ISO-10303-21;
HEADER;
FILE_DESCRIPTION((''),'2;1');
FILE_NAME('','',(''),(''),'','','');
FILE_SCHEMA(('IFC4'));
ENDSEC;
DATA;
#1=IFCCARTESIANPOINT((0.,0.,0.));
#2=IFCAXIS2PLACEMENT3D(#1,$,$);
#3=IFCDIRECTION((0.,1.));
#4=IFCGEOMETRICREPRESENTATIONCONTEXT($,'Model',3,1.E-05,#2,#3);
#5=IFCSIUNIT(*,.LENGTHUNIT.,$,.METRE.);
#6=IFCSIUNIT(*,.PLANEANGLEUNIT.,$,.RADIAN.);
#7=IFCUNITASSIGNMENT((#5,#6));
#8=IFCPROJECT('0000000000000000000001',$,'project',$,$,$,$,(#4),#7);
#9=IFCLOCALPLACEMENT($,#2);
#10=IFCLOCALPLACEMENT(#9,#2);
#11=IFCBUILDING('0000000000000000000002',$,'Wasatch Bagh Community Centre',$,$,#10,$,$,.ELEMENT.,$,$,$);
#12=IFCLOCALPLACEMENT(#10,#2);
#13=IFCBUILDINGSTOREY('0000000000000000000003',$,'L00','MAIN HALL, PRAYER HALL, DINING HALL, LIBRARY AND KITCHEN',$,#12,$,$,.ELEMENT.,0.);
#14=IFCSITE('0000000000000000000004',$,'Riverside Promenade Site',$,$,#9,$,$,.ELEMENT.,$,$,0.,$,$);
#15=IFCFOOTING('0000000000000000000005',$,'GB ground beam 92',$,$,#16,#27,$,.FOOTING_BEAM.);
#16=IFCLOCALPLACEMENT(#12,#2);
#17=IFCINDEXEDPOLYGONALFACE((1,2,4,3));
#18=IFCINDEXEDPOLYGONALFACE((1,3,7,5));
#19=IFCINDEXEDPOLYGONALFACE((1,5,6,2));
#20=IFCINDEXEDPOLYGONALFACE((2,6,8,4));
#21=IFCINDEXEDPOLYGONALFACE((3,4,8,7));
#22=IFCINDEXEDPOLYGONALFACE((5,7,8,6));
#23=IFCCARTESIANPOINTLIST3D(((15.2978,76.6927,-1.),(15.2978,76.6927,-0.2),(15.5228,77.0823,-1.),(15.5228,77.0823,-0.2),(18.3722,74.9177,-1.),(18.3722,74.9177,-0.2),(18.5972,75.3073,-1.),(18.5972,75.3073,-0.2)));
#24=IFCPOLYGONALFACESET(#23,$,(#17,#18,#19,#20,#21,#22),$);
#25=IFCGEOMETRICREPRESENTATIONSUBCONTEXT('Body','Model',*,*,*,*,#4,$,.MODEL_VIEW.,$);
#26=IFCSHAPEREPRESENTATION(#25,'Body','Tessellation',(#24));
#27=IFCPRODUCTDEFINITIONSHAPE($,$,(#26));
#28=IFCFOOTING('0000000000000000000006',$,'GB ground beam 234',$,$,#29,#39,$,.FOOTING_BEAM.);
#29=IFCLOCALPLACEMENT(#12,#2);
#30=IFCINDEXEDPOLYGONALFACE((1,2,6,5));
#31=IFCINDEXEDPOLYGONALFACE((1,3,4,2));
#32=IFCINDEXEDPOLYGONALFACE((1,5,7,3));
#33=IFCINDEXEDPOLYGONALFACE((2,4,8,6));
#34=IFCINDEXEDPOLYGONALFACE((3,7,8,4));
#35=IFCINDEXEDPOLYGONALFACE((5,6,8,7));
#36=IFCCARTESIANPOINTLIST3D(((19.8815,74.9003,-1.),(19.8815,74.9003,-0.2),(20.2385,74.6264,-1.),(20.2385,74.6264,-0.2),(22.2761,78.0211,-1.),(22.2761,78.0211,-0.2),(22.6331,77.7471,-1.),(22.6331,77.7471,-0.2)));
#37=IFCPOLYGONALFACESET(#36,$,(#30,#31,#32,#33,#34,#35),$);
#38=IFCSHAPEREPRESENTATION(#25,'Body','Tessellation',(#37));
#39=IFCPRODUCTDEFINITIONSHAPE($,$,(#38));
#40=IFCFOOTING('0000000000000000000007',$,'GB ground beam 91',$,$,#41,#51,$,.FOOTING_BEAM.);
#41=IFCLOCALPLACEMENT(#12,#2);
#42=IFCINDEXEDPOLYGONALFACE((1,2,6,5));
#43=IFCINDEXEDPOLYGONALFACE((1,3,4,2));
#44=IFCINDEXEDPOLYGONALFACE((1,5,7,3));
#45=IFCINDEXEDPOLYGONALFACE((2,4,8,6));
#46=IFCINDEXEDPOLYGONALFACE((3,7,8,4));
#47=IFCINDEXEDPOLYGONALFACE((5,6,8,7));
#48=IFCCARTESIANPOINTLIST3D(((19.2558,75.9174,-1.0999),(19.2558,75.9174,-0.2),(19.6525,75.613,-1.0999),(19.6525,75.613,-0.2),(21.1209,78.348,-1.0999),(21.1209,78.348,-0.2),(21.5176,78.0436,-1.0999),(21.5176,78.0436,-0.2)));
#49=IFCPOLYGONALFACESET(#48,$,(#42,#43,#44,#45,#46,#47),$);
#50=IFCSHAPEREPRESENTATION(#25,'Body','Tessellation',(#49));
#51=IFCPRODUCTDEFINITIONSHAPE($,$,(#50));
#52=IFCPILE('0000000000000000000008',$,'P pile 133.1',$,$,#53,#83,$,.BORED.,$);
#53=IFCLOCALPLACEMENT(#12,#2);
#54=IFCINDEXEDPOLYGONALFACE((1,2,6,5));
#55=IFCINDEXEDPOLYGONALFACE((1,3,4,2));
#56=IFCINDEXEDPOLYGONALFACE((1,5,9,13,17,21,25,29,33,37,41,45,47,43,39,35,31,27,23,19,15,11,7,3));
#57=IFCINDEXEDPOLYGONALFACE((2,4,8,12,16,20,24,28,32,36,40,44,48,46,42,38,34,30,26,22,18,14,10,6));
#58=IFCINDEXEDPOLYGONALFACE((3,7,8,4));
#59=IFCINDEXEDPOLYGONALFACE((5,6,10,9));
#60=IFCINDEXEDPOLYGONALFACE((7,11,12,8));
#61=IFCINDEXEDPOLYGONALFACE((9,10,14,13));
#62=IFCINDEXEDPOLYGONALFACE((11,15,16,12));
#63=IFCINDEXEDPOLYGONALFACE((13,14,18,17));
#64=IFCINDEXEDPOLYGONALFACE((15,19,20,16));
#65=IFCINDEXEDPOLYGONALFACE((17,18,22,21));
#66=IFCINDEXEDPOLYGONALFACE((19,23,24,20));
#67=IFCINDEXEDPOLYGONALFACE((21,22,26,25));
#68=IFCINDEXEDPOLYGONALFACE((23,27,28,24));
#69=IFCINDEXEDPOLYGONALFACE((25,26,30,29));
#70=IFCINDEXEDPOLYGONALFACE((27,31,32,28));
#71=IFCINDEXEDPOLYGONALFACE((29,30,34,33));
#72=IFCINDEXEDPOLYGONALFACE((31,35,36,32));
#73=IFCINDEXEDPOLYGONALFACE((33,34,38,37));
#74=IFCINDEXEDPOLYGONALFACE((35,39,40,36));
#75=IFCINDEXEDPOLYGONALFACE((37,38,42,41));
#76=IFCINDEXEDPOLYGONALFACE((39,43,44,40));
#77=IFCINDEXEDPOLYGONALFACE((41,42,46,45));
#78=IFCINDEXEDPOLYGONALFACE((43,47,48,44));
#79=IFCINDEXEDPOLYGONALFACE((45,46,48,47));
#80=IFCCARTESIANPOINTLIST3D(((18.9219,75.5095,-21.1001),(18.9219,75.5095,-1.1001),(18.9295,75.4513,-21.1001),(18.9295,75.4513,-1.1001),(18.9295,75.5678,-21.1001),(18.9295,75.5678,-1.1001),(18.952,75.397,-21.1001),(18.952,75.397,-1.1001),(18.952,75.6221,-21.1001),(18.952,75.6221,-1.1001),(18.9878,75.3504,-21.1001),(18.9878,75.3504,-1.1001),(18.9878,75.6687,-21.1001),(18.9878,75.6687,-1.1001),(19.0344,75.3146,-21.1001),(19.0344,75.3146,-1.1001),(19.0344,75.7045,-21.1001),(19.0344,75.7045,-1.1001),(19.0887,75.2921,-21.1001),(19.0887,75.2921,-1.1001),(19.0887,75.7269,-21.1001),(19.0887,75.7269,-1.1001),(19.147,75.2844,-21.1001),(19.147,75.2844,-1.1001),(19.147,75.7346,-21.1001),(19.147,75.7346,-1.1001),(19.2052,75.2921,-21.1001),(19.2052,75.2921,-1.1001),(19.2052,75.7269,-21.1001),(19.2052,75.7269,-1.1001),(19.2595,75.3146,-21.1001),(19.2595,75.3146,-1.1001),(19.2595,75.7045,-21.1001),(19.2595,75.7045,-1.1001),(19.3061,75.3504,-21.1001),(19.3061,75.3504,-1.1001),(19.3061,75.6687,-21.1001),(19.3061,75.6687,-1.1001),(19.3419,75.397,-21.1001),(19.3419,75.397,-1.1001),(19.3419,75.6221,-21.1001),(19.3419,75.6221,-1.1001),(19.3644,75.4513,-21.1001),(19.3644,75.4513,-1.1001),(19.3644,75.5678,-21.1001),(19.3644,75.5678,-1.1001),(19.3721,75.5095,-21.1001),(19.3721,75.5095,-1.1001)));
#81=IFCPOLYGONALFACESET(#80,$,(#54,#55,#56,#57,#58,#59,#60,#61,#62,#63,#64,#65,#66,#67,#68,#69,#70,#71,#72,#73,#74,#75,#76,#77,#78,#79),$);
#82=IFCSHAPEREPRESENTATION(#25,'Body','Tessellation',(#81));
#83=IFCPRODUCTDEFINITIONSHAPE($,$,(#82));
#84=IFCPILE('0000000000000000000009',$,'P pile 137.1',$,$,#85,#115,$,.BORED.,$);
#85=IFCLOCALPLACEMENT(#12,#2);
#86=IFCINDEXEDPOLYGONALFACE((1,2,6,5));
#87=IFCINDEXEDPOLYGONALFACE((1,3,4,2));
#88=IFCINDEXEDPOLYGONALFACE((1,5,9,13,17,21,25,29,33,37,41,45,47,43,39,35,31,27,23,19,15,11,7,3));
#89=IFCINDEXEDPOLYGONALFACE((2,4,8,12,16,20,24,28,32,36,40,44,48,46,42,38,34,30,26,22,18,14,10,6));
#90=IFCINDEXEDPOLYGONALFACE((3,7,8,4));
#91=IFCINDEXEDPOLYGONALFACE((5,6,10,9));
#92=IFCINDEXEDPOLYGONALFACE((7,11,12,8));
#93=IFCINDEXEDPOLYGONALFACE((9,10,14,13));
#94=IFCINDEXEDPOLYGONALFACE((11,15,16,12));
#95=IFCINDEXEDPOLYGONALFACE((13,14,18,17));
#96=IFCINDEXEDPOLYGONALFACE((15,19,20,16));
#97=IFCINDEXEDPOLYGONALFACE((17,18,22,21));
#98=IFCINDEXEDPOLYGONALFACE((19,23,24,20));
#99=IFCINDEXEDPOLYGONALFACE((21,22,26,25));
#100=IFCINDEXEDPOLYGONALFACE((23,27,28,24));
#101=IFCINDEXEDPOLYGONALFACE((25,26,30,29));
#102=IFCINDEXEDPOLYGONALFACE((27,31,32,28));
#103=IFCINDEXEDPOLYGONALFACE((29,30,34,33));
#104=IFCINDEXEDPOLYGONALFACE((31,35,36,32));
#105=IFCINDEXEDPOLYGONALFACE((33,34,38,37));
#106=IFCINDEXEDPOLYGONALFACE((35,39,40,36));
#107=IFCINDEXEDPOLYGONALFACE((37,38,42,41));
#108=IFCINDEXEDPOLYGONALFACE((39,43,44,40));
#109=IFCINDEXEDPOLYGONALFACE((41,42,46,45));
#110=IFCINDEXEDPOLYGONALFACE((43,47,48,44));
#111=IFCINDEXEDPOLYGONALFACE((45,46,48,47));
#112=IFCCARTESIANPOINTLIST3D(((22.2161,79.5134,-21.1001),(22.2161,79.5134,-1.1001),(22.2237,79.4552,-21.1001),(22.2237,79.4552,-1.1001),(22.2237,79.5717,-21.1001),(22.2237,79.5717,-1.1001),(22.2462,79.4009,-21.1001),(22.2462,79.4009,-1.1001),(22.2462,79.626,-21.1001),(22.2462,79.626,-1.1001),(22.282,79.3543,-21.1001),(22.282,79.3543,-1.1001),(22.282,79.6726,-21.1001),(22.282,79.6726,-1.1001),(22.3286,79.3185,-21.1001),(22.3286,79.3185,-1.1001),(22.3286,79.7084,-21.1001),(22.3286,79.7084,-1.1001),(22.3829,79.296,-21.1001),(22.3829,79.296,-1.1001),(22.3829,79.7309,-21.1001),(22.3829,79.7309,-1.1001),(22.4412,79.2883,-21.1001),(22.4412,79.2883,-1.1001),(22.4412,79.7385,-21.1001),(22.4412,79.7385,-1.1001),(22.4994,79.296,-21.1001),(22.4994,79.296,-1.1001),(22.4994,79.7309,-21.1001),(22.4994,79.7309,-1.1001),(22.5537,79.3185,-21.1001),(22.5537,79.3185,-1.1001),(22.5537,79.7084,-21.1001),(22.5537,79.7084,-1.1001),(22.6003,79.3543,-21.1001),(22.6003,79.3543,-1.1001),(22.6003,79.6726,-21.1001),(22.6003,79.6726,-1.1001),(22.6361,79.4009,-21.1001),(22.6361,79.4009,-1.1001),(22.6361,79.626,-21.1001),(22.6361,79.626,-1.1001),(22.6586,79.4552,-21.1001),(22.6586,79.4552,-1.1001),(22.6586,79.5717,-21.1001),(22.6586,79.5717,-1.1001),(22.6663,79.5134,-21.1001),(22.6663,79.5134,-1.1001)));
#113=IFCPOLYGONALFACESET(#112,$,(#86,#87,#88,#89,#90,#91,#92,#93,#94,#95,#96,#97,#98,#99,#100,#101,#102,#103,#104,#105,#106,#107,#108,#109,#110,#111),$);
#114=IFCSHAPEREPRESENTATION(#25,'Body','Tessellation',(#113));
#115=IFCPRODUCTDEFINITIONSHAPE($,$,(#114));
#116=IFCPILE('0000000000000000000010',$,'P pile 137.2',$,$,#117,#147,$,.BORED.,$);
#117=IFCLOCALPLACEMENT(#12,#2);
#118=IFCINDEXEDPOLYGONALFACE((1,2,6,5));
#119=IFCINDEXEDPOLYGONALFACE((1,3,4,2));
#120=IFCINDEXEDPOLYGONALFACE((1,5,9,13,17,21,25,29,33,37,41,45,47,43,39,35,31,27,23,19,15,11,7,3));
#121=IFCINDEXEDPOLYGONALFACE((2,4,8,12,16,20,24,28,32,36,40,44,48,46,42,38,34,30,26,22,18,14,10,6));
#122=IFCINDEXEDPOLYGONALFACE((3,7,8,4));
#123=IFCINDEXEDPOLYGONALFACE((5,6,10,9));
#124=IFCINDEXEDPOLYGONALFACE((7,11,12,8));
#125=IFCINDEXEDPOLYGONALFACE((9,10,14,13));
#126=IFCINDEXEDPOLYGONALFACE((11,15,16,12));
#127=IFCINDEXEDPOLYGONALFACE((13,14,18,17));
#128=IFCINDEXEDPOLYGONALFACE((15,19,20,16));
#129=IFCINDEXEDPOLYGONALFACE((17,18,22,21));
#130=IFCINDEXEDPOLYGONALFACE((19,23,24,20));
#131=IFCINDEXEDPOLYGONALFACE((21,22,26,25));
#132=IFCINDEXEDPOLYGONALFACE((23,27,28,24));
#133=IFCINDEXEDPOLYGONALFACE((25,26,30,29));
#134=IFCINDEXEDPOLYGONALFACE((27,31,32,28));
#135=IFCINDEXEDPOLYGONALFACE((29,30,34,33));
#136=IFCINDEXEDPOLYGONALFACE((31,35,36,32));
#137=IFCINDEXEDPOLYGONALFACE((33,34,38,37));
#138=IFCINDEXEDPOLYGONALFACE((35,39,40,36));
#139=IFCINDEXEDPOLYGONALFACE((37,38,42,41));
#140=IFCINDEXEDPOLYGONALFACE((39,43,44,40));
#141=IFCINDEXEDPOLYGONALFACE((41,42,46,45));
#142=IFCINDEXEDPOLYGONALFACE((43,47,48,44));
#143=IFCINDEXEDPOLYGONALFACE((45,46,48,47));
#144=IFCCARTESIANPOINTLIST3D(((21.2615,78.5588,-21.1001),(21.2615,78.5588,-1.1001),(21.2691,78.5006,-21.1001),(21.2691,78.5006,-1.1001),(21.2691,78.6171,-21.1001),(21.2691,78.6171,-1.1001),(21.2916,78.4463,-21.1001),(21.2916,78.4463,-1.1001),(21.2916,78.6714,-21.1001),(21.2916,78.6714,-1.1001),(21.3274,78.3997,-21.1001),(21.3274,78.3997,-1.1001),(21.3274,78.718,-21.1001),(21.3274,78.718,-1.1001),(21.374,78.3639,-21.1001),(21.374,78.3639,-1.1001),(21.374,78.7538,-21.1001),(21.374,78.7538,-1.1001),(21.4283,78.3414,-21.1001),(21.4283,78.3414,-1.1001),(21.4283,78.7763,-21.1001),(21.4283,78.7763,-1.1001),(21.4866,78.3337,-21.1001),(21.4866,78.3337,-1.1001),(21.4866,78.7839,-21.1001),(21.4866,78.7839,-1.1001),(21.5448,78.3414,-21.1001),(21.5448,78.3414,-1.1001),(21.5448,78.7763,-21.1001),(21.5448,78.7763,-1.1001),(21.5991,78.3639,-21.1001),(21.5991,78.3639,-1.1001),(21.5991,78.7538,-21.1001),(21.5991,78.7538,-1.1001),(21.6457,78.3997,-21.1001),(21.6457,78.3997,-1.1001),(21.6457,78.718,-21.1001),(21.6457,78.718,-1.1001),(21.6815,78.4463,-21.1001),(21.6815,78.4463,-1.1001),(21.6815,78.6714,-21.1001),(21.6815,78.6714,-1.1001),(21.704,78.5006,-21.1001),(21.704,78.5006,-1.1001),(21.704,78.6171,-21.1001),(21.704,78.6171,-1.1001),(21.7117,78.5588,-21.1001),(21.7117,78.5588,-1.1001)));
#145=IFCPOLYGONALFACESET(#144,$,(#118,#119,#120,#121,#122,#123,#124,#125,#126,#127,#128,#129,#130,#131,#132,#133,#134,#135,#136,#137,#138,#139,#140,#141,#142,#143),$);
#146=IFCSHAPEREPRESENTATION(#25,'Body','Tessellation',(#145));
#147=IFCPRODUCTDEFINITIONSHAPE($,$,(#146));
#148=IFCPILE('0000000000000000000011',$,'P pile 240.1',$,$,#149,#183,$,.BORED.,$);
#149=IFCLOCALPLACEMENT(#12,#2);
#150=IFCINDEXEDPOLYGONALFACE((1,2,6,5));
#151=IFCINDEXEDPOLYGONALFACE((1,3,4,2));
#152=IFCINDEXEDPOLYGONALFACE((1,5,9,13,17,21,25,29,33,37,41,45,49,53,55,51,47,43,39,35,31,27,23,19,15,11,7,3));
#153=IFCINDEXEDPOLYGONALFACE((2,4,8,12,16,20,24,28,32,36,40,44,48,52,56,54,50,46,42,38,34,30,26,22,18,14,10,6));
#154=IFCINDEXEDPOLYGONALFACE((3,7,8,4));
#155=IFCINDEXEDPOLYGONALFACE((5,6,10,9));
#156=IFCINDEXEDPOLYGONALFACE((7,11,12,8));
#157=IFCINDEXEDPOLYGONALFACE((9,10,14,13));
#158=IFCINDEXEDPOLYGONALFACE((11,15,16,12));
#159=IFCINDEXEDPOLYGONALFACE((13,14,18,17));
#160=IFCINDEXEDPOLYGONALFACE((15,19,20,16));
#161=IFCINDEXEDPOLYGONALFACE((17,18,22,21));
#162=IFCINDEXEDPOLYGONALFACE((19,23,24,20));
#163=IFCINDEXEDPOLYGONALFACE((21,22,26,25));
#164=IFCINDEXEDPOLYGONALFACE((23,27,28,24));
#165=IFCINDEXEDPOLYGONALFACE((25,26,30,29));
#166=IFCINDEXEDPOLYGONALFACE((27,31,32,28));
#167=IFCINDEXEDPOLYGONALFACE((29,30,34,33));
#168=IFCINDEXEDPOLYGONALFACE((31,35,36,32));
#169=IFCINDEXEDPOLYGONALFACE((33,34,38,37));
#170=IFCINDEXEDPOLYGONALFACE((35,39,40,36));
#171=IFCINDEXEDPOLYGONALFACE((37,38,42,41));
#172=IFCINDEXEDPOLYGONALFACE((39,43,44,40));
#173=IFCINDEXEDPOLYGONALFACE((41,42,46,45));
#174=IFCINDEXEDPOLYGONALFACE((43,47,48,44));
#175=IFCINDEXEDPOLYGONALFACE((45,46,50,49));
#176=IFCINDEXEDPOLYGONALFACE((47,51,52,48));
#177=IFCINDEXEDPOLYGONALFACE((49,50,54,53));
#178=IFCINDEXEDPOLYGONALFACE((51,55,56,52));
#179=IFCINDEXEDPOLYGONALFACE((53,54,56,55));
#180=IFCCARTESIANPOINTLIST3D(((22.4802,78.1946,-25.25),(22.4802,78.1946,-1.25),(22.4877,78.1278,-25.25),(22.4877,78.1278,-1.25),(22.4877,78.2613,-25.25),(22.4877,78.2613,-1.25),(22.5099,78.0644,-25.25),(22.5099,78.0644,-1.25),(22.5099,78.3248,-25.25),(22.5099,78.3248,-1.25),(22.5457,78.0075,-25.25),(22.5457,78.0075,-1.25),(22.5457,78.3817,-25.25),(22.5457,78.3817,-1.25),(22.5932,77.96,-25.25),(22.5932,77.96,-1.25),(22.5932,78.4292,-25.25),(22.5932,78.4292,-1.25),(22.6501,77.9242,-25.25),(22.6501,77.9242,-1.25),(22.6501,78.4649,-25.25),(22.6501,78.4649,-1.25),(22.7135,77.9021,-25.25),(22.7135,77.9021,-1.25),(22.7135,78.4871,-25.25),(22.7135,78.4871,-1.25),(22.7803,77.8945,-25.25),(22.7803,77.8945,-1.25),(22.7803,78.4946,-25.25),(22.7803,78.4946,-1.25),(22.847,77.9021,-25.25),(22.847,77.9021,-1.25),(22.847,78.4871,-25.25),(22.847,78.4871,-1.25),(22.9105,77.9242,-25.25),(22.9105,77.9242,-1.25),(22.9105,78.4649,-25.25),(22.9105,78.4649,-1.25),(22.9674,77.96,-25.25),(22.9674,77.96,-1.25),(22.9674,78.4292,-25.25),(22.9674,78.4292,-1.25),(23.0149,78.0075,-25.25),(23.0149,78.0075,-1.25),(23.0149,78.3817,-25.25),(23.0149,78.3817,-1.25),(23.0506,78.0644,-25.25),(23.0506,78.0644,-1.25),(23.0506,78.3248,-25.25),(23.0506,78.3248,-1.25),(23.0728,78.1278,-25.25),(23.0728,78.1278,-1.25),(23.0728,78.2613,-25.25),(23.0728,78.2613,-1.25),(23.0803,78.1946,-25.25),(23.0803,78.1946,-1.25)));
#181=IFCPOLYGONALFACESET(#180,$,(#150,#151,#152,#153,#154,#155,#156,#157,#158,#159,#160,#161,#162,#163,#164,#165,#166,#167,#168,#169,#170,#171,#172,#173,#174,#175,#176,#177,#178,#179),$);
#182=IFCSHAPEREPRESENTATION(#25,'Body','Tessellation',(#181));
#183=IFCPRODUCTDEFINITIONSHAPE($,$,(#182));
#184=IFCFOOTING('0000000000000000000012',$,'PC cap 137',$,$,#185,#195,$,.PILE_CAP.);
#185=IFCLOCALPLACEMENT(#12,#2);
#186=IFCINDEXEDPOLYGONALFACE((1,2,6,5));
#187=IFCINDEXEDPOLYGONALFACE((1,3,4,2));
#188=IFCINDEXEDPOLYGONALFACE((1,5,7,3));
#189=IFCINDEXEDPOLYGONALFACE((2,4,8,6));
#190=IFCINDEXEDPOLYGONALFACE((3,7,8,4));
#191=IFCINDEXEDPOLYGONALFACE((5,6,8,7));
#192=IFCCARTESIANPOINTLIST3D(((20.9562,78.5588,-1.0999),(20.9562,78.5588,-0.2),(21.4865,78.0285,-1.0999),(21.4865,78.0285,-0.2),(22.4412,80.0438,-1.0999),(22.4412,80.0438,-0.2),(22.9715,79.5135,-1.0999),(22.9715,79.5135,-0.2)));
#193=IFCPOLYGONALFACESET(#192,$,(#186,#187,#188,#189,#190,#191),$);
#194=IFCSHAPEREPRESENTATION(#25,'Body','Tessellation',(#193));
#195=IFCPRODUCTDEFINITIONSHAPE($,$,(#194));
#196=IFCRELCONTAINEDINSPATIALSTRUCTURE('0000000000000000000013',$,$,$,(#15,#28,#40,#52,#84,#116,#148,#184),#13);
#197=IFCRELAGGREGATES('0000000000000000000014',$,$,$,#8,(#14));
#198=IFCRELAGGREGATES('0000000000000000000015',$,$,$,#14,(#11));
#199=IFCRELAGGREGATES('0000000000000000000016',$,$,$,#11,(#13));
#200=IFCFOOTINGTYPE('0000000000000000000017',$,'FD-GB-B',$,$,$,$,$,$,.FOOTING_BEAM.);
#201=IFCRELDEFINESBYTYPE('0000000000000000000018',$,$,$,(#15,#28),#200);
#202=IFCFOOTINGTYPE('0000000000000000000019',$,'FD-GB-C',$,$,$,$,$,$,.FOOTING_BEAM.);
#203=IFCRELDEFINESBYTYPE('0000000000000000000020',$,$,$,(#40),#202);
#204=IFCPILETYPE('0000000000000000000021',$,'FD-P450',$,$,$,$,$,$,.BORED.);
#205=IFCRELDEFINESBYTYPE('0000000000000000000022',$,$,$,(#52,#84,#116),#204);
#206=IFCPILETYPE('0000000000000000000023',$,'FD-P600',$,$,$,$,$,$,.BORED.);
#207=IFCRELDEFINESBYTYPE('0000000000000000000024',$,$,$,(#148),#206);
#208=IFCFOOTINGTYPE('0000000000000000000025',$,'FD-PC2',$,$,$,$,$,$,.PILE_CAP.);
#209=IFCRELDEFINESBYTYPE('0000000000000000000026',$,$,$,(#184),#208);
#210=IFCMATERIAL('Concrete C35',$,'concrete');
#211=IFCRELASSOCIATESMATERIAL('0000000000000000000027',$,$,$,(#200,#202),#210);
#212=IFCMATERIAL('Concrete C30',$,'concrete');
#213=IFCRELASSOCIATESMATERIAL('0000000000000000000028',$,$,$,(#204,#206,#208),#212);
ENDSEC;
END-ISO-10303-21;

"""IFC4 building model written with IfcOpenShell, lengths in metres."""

from ifc_helpers import new_model, si_unit, direction, frame, origin, origin_2d, place, context, subcontext, project, spatial, rectangle, circle, extrude, material, material_profile, profile_set, type_object, element, save


model = new_model("IFC4")

# Units and contexts
model_context = context("Model", 3, precision=1e-05, world=origin(), true_north=direction((0.0, 1.0)))
body_context = subcontext(model_context, "Body", "Model", "MODEL_VIEW")
ifc_project = project(units=[si_unit("LENGTHUNIT", "METRE"), si_unit("PLANEANGLEUNIT", "RADIAN")], contexts=[model_context])

# Site, building, storey
site_placement = place(None, origin())
site = spatial("IfcSite", under=ifc_project, at=site_placement, Name="Riverside Promenade Site", CompositionType="ELEMENT", RefElevation=0.0)
building_placement = place(site_placement, origin())
building = spatial("IfcBuilding", under=site, at=building_placement, Name="Wasatch Bagh Community Centre", CompositionType="ELEMENT")
storey_placement = place(building_placement, origin())
storey = spatial("IfcBuildingStorey", under=building, at=storey_placement, Name="L00", Description="MAIN HALL, PRAYER HALL, DINING HALL, LIBRARY AND KITCHEN", CompositionType="ELEMENT", Elevation=0.0)

# Footings
ifc_material_1 = material(Name="Concrete C35", Category="concrete")
footing_type_1 = type_object("IfcFootingType", Name="FD-GB-B", PredefinedType="FOOTING_BEAM", material=ifc_material_1)
footing_1_placement = place(storey_placement, frame((16.9475, 76.0, -1.0), z_axis=(0.0, 0.0, 1.0), x_axis=(-0.866025, 0.5, 0.0)))
element("IfcFooting", 1, at=footing_1_placement, inside=storey, type_object=footing_type_1, Name="GB ground beam 92", PredefinedType="FOOTING_BEAM", context=body_context, shape_type="SweptSolid", body=[
    extrude(rectangle(XDim=3.55, YDim=0.45, at=origin_2d()), origin(), (0.0, 0.0, 1.0), 0.8),
])
footing_2_placement = place(storey_placement, frame((21.2573, 76.3237, -1.0), z_axis=(0.0, 0.0, 1.0), x_axis=(0.608761, 0.793353, 0.0)))
element("IfcFooting", 2, at=footing_2_placement, inside=storey, type_object=footing_type_1, Name="GB ground beam 234", PredefinedType="FOOTING_BEAM", context=body_context, shape_type="SweptSolid", body=[
    extrude(rectangle(XDim=3.9336, YDim=0.45, at=origin_2d()), origin(), (0.0, 0.0, 1.0), 0.8),
])
footing_type_2 = type_object("IfcFootingType", Name="FD-GB-C", PredefinedType="FOOTING_BEAM", material=ifc_material_1)
footing_3_placement = place(storey_placement, frame((20.3867, 76.9805, -1.0999), z_axis=(0.0, 0.0, 1.0), x_axis=(0.608761, 0.793353, 0.0)))
element("IfcFooting", 3, at=footing_3_placement, inside=storey, type_object=footing_type_2, Name="GB ground beam 91", PredefinedType="FOOTING_BEAM", context=body_context, shape_type="SweptSolid", body=[
    extrude(rectangle(XDim=3.0637, YDim=0.5, at=origin_2d()), origin(), (0.0, 0.0, 1.0), 0.8999),
])

# Piles
ifc_material_2 = material(Name="Concrete C30", Category="concrete")
ifc_material_profile_1 = material_profile(ifc_material_2, circle(Radius=0.2251, at=origin_2d()), Name="RC D450")
ifc_profile_set_1 = profile_set([ifc_material_profile_1], Name="Concrete C30")
pile_type_1 = type_object("IfcPileType", Name="FD-P450", PredefinedType="BORED", material=ifc_profile_set_1)
for number, where, z_axis, x_axis, name in (
    (4, (19.147, 75.5095, -1.1001), (0.0, 0.0, -1.0), (1.0, 0.0, 0.0), "P pile 133.1"),
    (5, (22.4412, 79.5134, -1.1001), (0.0, 0.0, -1.0), (1.0, 0.0, 0.0), "P pile 137.1"),
    (6, (21.4866, 78.5588, -1.1001), (0.0, 0.0, -1.0), (1.0, 0.0, 0.0), "P pile 137.2"),
):
    element("IfcPile", number, at=place(storey_placement, frame(where, z_axis=z_axis, x_axis=x_axis)), inside=storey, type_object=pile_type_1, Name=name, PredefinedType="BORED", context=body_context, shape_type="SweptSolid", body=[
        extrude(circle(Radius=0.2251, at=origin_2d()), origin(), (0.0, 0.0, 1.0), 20.0),
    ])
ifc_material_profile_2 = material_profile(ifc_material_2, circle(Radius=0.3, at=origin_2d()), Name="RC D600")
ifc_profile_set_2 = profile_set([ifc_material_profile_2], Name="Concrete C30")
pile_type_2 = type_object("IfcPileType", Name="FD-P600", PredefinedType="BORED", material=ifc_profile_set_2)
pile_placement = place(storey_placement, frame((22.7803, 78.1946, -1.25), z_axis=(0.0, 0.0, -1.0), x_axis=(1.0, 0.0, 0.0)))
element("IfcPile", 7, at=pile_placement, inside=storey, type_object=pile_type_2, Name="P pile 240.1", PredefinedType="BORED", context=body_context, shape_type="SweptSolid", body=[
    extrude(circle(Radius=0.3, at=origin_2d()), origin(), (0.0, 0.0, 1.0), 24.0),
])

# Footing
footing_type_3 = type_object("IfcFootingType", Name="FD-PC2", PredefinedType="PILE_CAP", material=ifc_material_2)
footing_4_placement = place(storey_placement, frame((21.9639, 79.0361, -1.0999), z_axis=(0.0, 0.0, 1.0), x_axis=(-0.707107, -0.707107, 0.0)))
element("IfcFooting", 8, at=footing_4_placement, inside=storey, type_object=footing_type_3, Name="PC cap 137", PredefinedType="PILE_CAP", context=body_context, shape_type="SweptSolid", body=[
    extrude(rectangle(XDim=2.1001, YDim=0.75, at=origin_2d()), origin(), (0.0, 0.0, 1.0), 0.8999),
])

save(model, "model.ifc")
